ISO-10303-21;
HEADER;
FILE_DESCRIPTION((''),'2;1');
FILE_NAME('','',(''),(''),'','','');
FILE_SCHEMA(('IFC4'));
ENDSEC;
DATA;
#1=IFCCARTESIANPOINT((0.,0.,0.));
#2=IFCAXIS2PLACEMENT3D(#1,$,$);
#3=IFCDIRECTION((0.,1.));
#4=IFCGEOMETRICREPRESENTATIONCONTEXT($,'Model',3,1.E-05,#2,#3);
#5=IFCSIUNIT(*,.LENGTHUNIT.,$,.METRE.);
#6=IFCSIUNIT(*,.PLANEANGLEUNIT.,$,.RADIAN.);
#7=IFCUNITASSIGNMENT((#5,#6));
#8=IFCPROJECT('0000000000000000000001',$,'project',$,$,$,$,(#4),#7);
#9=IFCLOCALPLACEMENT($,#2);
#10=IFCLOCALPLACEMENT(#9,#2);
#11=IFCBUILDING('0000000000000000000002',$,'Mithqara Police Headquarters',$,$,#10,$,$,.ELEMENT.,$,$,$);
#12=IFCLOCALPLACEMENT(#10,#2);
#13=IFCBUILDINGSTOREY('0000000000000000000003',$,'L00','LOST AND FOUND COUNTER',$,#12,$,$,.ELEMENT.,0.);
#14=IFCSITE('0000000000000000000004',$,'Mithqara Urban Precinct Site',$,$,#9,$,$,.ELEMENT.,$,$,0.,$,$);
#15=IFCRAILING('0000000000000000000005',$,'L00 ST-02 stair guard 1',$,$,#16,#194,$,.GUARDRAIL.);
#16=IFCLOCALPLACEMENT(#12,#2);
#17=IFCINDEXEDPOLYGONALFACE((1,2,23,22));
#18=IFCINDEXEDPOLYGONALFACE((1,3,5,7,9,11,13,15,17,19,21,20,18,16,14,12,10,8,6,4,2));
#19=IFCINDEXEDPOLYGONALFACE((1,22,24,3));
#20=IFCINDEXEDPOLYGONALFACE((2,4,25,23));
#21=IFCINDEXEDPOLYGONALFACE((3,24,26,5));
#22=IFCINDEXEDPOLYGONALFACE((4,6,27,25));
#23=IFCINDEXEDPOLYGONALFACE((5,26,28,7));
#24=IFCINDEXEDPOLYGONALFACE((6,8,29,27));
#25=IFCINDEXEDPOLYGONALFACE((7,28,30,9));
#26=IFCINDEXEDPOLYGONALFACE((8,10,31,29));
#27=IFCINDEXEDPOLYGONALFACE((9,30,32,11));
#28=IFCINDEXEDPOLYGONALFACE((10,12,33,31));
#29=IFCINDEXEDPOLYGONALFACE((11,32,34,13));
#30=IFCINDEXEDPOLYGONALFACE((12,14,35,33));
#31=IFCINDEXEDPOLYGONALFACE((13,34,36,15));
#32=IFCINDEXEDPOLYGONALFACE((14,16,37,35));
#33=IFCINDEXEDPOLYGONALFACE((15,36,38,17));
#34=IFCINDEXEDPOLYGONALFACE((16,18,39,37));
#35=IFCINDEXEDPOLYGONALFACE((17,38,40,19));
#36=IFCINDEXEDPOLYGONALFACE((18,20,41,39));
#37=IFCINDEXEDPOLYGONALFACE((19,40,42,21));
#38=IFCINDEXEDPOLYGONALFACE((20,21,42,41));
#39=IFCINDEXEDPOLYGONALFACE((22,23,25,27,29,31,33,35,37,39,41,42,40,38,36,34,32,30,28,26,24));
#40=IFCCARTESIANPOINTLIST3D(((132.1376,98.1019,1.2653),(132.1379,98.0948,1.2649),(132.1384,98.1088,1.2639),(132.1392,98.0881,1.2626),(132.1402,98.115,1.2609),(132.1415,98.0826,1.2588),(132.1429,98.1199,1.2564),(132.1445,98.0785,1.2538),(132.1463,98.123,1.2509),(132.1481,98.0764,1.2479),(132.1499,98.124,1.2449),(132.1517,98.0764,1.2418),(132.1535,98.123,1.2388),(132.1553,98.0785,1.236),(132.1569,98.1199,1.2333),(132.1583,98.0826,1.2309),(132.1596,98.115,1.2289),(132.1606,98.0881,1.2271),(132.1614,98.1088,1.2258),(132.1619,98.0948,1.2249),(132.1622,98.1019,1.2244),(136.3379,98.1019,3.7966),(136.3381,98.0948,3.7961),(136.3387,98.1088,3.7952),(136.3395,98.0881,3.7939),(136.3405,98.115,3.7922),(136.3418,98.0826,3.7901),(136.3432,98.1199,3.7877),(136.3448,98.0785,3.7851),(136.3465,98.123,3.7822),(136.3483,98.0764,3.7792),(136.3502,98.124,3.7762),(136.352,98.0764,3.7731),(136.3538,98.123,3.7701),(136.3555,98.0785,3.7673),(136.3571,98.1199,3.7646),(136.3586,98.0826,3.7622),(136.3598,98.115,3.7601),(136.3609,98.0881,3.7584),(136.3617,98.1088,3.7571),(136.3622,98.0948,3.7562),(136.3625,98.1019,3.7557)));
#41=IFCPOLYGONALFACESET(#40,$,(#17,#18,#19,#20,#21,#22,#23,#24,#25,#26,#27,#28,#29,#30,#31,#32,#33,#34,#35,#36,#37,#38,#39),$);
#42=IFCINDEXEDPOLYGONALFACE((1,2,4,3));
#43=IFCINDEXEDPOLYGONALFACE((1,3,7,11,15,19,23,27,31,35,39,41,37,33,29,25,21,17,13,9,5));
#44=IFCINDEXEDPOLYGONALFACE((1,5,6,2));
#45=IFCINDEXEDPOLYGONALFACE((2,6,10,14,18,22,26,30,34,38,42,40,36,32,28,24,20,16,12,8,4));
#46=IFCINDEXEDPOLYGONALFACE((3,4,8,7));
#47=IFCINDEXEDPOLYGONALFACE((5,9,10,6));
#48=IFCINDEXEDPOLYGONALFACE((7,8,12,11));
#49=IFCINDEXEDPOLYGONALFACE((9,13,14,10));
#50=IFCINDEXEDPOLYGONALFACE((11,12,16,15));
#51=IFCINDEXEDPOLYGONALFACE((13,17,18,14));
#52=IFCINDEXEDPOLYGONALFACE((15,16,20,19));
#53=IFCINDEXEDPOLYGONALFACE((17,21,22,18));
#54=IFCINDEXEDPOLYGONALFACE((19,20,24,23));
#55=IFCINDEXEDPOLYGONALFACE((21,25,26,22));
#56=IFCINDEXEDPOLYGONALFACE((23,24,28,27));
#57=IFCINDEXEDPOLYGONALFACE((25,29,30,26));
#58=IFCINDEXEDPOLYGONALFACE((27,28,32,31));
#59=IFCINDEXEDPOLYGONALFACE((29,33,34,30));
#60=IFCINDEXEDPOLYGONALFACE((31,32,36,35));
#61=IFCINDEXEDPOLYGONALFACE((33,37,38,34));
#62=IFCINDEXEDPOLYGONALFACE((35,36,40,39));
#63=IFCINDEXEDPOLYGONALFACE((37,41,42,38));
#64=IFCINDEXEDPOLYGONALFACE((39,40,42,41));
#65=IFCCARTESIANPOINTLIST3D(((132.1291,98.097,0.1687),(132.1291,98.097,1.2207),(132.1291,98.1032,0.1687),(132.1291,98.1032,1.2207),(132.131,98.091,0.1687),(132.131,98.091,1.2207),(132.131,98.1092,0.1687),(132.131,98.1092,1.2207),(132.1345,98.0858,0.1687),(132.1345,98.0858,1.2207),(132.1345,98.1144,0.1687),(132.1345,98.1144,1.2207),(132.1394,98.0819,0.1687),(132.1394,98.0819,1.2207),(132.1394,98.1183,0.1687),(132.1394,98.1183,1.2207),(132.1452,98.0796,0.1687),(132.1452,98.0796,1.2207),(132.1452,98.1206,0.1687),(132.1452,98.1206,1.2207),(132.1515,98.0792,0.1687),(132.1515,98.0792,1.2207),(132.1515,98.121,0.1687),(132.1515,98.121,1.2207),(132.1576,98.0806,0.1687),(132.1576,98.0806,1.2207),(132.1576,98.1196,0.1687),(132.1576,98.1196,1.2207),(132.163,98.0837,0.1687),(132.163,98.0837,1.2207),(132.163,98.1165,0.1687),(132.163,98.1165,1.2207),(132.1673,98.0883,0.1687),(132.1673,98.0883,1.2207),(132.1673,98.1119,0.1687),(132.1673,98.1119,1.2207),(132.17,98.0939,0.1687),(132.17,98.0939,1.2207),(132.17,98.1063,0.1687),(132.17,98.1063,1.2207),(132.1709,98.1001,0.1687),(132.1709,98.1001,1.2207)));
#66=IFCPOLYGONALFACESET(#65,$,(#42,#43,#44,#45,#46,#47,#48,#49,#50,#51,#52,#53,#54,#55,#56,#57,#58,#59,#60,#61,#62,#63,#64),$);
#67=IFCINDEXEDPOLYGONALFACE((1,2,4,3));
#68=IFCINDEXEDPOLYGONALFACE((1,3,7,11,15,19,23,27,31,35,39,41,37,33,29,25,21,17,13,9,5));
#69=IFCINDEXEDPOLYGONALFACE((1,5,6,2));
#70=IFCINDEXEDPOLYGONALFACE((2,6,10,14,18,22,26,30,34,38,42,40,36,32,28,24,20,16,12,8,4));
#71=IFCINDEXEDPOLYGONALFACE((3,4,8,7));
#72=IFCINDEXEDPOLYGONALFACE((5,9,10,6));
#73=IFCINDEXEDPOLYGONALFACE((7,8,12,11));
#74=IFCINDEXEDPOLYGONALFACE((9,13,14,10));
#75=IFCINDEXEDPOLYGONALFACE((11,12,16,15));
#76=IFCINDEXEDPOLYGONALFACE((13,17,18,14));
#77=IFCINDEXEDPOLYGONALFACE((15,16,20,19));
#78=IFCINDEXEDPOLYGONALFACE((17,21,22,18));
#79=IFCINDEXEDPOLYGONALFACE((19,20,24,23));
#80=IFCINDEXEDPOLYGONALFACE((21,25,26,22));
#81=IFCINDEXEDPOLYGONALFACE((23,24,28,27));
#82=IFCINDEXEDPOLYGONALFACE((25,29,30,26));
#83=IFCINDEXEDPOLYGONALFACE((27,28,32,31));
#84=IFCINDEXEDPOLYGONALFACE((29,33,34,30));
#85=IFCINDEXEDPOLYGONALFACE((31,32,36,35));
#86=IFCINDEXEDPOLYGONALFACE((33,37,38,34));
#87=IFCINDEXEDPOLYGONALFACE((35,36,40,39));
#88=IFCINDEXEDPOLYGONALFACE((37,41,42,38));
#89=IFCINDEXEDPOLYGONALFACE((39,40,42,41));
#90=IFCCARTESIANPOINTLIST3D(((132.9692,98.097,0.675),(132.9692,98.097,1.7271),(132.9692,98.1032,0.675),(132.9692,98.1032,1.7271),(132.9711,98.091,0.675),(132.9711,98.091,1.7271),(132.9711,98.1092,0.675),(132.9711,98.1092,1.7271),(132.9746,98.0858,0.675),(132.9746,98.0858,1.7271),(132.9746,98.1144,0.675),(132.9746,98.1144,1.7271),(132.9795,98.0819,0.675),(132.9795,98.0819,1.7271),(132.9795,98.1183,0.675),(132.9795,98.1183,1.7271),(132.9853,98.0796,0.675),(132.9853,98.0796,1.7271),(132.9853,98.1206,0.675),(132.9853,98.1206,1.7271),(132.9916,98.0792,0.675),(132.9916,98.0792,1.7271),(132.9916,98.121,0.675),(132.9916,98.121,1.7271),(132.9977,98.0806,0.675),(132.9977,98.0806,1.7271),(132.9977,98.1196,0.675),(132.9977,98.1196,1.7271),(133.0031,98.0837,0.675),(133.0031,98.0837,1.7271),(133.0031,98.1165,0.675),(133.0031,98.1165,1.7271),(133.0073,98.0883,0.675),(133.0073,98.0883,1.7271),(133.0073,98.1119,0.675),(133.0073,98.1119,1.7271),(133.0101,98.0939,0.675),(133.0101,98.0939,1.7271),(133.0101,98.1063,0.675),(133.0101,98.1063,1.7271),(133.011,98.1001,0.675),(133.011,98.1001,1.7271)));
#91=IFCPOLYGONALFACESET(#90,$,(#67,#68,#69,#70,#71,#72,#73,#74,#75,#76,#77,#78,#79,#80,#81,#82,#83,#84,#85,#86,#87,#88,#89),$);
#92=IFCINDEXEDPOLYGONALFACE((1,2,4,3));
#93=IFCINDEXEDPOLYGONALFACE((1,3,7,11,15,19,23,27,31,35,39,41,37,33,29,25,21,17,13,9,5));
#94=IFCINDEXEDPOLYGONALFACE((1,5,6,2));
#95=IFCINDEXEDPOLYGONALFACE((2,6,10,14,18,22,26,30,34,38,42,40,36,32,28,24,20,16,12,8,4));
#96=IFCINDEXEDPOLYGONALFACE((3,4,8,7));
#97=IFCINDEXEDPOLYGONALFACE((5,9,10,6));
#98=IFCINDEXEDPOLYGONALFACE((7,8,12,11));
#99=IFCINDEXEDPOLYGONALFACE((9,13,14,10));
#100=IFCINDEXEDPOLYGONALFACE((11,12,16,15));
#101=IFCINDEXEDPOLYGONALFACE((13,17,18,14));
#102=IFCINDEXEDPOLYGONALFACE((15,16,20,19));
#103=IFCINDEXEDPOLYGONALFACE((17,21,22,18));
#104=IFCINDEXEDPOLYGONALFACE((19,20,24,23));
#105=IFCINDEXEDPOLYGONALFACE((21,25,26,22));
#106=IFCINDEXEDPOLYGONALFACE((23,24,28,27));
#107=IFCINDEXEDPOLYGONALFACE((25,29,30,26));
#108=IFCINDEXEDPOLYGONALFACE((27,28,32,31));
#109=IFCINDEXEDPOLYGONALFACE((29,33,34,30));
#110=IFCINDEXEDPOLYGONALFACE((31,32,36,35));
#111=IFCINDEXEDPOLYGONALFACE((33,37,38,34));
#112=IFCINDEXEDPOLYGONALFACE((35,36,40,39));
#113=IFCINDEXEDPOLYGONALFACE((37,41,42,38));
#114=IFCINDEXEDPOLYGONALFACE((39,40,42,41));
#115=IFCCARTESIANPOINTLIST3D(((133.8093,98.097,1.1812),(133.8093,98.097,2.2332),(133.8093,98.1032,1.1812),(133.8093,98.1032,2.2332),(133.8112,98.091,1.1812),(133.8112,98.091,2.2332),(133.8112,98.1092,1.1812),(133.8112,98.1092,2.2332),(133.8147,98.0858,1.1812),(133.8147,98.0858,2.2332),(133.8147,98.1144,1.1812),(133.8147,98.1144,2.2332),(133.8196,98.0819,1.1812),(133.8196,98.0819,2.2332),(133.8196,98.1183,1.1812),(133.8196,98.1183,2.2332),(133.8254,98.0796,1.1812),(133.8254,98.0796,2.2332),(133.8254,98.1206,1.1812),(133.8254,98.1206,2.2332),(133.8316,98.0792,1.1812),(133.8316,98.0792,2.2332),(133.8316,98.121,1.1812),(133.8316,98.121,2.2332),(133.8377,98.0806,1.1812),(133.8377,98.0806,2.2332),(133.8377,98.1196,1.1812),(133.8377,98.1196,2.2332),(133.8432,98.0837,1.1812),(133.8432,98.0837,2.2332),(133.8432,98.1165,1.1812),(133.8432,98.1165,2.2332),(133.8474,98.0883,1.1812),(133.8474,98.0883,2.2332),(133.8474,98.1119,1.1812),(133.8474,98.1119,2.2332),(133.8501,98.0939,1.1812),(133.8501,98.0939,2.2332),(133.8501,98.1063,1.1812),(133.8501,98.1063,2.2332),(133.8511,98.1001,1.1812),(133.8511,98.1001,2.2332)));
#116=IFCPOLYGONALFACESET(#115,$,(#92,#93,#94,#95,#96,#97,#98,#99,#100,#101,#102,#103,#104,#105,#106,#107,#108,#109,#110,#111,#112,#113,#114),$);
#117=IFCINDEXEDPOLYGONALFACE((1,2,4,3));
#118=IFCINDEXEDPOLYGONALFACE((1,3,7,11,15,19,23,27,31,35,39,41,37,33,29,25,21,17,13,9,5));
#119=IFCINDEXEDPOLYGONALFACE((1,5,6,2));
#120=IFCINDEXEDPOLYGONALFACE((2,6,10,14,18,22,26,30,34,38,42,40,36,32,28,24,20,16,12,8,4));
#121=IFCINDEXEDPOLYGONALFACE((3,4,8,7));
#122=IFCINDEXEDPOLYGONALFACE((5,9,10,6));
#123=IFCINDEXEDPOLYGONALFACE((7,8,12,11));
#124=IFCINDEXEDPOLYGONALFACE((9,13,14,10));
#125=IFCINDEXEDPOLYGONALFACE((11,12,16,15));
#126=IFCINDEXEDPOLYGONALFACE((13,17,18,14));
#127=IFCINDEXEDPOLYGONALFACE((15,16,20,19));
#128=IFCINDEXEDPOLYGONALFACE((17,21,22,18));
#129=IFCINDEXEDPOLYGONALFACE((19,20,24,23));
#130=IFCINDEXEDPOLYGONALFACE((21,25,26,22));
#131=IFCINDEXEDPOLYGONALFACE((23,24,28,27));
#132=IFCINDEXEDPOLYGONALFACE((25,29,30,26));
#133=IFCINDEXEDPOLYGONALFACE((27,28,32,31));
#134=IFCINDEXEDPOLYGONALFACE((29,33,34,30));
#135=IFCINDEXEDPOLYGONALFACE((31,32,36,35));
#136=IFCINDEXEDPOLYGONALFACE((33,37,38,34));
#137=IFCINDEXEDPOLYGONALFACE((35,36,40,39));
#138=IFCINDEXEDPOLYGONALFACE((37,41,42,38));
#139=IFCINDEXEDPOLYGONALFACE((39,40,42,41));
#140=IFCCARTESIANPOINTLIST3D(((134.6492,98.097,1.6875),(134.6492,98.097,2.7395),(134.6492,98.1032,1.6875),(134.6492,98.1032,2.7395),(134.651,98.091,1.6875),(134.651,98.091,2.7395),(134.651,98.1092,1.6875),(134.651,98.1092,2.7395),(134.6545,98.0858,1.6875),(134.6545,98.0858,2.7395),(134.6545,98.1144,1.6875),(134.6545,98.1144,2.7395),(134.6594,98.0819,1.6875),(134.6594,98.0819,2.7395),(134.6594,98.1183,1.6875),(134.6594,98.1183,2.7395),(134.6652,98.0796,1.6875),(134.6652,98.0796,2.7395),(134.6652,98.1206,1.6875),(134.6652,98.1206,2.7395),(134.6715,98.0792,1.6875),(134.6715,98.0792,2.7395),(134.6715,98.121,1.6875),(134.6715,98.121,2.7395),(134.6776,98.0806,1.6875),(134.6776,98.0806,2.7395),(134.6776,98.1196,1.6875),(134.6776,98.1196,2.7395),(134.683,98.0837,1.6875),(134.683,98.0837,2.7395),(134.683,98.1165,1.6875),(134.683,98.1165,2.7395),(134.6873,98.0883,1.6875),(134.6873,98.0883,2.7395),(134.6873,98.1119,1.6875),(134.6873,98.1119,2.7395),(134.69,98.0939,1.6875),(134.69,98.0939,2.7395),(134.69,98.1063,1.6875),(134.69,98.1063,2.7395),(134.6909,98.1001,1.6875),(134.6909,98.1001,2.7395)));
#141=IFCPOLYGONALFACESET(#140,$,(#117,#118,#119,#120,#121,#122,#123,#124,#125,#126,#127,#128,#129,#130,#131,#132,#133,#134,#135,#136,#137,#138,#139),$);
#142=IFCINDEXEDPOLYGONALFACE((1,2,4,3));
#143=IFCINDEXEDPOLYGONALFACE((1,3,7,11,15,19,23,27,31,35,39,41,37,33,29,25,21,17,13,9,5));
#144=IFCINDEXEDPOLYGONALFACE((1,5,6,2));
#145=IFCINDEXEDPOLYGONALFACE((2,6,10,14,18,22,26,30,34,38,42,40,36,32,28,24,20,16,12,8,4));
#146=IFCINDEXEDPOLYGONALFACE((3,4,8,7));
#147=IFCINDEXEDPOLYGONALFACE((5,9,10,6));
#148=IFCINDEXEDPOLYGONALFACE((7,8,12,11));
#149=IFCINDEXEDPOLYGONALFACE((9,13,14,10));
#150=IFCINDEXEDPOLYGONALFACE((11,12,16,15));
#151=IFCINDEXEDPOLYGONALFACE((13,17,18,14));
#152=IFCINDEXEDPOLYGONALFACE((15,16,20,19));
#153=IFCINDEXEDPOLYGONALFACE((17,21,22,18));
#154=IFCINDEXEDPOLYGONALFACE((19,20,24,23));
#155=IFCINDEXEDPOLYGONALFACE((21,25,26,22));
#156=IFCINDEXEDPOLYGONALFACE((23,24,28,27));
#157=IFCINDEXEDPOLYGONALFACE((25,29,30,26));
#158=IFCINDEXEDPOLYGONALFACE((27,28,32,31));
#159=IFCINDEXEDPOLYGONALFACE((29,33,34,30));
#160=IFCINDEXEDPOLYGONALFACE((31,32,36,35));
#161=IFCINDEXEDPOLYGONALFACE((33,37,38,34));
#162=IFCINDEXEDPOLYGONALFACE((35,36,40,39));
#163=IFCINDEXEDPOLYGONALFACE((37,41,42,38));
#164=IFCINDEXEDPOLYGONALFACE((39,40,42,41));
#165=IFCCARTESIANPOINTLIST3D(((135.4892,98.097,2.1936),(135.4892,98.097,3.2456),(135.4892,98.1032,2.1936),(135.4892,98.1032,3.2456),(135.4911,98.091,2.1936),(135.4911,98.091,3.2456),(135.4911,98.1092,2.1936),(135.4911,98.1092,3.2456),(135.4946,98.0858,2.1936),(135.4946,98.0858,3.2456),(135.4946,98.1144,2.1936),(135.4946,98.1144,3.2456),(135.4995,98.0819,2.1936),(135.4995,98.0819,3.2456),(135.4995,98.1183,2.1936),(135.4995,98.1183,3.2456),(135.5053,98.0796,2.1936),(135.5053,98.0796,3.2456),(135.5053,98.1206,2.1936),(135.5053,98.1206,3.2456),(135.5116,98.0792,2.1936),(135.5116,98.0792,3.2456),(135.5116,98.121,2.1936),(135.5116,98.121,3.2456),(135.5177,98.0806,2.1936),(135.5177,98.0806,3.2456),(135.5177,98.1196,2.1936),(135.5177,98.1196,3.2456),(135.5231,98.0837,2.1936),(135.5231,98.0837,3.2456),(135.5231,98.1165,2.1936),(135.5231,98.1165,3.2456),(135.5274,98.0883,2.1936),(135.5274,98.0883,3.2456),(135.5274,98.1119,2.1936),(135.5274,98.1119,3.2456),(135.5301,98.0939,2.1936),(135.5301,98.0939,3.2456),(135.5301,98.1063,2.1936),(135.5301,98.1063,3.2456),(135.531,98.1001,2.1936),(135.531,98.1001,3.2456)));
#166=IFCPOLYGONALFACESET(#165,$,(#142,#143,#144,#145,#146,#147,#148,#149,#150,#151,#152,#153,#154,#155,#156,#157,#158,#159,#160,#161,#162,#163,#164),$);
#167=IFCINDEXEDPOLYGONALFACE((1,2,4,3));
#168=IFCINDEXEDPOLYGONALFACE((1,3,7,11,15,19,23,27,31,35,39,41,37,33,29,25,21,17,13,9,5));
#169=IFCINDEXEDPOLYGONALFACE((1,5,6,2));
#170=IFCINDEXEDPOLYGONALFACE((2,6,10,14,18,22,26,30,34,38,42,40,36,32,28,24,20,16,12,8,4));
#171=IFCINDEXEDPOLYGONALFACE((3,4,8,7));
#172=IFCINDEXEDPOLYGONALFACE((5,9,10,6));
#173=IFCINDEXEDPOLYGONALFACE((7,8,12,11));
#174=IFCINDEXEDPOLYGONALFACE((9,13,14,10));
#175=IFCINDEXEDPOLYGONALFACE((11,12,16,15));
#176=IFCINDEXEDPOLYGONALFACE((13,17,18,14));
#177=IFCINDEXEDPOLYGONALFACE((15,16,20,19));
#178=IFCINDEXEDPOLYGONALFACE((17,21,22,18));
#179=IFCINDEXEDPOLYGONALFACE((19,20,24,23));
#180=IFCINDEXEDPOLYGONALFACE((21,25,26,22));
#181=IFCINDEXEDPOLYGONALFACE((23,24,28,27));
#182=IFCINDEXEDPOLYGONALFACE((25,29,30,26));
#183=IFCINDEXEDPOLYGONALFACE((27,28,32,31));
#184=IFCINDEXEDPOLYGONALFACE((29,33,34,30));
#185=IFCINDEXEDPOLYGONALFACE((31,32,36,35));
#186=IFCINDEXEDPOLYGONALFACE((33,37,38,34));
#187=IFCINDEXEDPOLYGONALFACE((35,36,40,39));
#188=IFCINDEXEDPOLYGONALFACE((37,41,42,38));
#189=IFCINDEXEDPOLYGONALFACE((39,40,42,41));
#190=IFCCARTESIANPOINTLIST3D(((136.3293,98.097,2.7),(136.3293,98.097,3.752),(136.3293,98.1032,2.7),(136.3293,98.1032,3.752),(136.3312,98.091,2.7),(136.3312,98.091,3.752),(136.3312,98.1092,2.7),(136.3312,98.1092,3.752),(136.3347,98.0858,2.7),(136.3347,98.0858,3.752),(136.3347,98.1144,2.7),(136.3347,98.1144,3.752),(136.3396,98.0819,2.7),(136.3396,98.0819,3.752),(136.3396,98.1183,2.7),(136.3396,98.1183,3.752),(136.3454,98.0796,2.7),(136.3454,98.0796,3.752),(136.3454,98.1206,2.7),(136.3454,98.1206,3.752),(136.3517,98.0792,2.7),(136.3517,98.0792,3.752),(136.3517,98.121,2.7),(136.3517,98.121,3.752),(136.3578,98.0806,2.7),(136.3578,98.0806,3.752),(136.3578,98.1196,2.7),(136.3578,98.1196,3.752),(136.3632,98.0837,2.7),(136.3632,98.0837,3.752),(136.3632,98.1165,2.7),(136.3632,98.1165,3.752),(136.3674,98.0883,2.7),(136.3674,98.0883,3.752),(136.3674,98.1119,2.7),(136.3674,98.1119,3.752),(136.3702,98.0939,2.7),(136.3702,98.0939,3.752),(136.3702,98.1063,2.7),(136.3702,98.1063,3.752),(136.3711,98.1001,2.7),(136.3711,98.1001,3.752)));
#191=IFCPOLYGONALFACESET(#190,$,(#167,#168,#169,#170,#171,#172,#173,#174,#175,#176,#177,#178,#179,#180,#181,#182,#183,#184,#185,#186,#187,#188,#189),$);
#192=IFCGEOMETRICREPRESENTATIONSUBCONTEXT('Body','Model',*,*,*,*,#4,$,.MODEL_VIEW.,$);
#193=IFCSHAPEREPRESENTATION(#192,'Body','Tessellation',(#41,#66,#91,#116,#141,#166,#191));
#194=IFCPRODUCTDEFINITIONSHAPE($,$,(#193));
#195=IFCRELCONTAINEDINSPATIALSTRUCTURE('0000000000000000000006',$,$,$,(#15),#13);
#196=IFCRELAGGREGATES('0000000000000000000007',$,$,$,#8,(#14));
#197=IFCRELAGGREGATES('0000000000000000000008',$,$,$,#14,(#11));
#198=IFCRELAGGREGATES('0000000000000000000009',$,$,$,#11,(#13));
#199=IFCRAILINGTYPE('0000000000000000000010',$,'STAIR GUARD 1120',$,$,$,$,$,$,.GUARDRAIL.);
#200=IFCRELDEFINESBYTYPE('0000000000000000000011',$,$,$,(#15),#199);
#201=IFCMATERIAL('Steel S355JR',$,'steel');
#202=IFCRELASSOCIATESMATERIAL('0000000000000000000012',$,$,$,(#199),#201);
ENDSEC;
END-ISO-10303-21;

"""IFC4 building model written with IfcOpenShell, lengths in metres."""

from ifc_helpers import new_model, si_unit, direction, frame, origin, origin_2d, place, context, subcontext, project, spatial, circle, extrude, material, type_object, element, save


model = new_model("IFC4")

# Units and contexts
model_context = context("Model", 3, precision=1e-05, world=origin(), true_north=direction((0.0, 1.0)))
body_context = subcontext(model_context, "Body", "Model", "MODEL_VIEW")
ifc_project = project(units=[si_unit("LENGTHUNIT", "METRE"), si_unit("PLANEANGLEUNIT", "RADIAN")], contexts=[model_context])

# Site, building, storey
site_placement = place(None, origin())
site = spatial("IfcSite", under=ifc_project, at=site_placement, Name="Mithqara Urban Precinct Site", CompositionType="ELEMENT", RefElevation=0.0)
building_placement = place(site_placement, origin())
building = spatial("IfcBuilding", under=site, at=building_placement, Name="Mithqara Police Headquarters", CompositionType="ELEMENT")
storey_placement = place(building_placement, origin())
storey = spatial("IfcBuildingStorey", under=building, at=storey_placement, Name="L00", Description="LOST AND FOUND COUNTER", CompositionType="ELEMENT", Elevation=0.0)

# Shared definitions
ifc_material_1 = material(Name="Steel S355JR", Category="steel")

# Railing
railing_type_1 = type_object("IfcRailingType", Name="STAIR GUARD 1120", PredefinedType="GUARDRAIL", material=ifc_material_1)
railing_1_placement = place(storey_placement, frame((132.1499, 98.1001, 0.1687)))
element("IfcRailing", 1, at=railing_1_placement, inside=storey, type_object=railing_type_1, Name="L00 ST-02 stair guard 1", PredefinedType="GUARDRAIL", context=body_context, shape_type="SweptSolid", body=[
    extrude(circle(Radius=0.0239, at=origin_2d()), frame((0.0, 0.0, 1.0762), z_axis=(0.85649, 0.0, 0.516164), x_axis=(0.0, 1.0, 0.0)), (0.0, 0.0, 1.0), 4.9041),
    extrude(circle(Radius=0.021, at=origin_2d()), origin(), (0.0, 0.0, 1.0), 1.052),
    extrude(circle(Radius=0.021, at=origin_2d()), frame((0.8401, 0.0, 0.5063)), (0.0, 0.0, 1.0), 1.052),
    extrude(circle(Radius=0.021, at=origin_2d()), frame((1.6802, 0.0, 1.0125)), (0.0, 0.0, 1.0), 1.052),
    extrude(circle(Radius=0.021, at=origin_2d()), frame((2.52, 0.0, 1.5188)), (0.0, 0.0, 1.0), 1.052),
    extrude(circle(Radius=0.021, at=origin_2d()), frame((3.3601, 0.0, 2.0249)), (0.0, 0.0, 1.0), 1.052),
    extrude(circle(Radius=0.021, at=origin_2d()), frame((4.2002, 0.0, 2.5312)), (0.0, 0.0, 1.0), 1.052),
])

save(model, "model.ifc")
